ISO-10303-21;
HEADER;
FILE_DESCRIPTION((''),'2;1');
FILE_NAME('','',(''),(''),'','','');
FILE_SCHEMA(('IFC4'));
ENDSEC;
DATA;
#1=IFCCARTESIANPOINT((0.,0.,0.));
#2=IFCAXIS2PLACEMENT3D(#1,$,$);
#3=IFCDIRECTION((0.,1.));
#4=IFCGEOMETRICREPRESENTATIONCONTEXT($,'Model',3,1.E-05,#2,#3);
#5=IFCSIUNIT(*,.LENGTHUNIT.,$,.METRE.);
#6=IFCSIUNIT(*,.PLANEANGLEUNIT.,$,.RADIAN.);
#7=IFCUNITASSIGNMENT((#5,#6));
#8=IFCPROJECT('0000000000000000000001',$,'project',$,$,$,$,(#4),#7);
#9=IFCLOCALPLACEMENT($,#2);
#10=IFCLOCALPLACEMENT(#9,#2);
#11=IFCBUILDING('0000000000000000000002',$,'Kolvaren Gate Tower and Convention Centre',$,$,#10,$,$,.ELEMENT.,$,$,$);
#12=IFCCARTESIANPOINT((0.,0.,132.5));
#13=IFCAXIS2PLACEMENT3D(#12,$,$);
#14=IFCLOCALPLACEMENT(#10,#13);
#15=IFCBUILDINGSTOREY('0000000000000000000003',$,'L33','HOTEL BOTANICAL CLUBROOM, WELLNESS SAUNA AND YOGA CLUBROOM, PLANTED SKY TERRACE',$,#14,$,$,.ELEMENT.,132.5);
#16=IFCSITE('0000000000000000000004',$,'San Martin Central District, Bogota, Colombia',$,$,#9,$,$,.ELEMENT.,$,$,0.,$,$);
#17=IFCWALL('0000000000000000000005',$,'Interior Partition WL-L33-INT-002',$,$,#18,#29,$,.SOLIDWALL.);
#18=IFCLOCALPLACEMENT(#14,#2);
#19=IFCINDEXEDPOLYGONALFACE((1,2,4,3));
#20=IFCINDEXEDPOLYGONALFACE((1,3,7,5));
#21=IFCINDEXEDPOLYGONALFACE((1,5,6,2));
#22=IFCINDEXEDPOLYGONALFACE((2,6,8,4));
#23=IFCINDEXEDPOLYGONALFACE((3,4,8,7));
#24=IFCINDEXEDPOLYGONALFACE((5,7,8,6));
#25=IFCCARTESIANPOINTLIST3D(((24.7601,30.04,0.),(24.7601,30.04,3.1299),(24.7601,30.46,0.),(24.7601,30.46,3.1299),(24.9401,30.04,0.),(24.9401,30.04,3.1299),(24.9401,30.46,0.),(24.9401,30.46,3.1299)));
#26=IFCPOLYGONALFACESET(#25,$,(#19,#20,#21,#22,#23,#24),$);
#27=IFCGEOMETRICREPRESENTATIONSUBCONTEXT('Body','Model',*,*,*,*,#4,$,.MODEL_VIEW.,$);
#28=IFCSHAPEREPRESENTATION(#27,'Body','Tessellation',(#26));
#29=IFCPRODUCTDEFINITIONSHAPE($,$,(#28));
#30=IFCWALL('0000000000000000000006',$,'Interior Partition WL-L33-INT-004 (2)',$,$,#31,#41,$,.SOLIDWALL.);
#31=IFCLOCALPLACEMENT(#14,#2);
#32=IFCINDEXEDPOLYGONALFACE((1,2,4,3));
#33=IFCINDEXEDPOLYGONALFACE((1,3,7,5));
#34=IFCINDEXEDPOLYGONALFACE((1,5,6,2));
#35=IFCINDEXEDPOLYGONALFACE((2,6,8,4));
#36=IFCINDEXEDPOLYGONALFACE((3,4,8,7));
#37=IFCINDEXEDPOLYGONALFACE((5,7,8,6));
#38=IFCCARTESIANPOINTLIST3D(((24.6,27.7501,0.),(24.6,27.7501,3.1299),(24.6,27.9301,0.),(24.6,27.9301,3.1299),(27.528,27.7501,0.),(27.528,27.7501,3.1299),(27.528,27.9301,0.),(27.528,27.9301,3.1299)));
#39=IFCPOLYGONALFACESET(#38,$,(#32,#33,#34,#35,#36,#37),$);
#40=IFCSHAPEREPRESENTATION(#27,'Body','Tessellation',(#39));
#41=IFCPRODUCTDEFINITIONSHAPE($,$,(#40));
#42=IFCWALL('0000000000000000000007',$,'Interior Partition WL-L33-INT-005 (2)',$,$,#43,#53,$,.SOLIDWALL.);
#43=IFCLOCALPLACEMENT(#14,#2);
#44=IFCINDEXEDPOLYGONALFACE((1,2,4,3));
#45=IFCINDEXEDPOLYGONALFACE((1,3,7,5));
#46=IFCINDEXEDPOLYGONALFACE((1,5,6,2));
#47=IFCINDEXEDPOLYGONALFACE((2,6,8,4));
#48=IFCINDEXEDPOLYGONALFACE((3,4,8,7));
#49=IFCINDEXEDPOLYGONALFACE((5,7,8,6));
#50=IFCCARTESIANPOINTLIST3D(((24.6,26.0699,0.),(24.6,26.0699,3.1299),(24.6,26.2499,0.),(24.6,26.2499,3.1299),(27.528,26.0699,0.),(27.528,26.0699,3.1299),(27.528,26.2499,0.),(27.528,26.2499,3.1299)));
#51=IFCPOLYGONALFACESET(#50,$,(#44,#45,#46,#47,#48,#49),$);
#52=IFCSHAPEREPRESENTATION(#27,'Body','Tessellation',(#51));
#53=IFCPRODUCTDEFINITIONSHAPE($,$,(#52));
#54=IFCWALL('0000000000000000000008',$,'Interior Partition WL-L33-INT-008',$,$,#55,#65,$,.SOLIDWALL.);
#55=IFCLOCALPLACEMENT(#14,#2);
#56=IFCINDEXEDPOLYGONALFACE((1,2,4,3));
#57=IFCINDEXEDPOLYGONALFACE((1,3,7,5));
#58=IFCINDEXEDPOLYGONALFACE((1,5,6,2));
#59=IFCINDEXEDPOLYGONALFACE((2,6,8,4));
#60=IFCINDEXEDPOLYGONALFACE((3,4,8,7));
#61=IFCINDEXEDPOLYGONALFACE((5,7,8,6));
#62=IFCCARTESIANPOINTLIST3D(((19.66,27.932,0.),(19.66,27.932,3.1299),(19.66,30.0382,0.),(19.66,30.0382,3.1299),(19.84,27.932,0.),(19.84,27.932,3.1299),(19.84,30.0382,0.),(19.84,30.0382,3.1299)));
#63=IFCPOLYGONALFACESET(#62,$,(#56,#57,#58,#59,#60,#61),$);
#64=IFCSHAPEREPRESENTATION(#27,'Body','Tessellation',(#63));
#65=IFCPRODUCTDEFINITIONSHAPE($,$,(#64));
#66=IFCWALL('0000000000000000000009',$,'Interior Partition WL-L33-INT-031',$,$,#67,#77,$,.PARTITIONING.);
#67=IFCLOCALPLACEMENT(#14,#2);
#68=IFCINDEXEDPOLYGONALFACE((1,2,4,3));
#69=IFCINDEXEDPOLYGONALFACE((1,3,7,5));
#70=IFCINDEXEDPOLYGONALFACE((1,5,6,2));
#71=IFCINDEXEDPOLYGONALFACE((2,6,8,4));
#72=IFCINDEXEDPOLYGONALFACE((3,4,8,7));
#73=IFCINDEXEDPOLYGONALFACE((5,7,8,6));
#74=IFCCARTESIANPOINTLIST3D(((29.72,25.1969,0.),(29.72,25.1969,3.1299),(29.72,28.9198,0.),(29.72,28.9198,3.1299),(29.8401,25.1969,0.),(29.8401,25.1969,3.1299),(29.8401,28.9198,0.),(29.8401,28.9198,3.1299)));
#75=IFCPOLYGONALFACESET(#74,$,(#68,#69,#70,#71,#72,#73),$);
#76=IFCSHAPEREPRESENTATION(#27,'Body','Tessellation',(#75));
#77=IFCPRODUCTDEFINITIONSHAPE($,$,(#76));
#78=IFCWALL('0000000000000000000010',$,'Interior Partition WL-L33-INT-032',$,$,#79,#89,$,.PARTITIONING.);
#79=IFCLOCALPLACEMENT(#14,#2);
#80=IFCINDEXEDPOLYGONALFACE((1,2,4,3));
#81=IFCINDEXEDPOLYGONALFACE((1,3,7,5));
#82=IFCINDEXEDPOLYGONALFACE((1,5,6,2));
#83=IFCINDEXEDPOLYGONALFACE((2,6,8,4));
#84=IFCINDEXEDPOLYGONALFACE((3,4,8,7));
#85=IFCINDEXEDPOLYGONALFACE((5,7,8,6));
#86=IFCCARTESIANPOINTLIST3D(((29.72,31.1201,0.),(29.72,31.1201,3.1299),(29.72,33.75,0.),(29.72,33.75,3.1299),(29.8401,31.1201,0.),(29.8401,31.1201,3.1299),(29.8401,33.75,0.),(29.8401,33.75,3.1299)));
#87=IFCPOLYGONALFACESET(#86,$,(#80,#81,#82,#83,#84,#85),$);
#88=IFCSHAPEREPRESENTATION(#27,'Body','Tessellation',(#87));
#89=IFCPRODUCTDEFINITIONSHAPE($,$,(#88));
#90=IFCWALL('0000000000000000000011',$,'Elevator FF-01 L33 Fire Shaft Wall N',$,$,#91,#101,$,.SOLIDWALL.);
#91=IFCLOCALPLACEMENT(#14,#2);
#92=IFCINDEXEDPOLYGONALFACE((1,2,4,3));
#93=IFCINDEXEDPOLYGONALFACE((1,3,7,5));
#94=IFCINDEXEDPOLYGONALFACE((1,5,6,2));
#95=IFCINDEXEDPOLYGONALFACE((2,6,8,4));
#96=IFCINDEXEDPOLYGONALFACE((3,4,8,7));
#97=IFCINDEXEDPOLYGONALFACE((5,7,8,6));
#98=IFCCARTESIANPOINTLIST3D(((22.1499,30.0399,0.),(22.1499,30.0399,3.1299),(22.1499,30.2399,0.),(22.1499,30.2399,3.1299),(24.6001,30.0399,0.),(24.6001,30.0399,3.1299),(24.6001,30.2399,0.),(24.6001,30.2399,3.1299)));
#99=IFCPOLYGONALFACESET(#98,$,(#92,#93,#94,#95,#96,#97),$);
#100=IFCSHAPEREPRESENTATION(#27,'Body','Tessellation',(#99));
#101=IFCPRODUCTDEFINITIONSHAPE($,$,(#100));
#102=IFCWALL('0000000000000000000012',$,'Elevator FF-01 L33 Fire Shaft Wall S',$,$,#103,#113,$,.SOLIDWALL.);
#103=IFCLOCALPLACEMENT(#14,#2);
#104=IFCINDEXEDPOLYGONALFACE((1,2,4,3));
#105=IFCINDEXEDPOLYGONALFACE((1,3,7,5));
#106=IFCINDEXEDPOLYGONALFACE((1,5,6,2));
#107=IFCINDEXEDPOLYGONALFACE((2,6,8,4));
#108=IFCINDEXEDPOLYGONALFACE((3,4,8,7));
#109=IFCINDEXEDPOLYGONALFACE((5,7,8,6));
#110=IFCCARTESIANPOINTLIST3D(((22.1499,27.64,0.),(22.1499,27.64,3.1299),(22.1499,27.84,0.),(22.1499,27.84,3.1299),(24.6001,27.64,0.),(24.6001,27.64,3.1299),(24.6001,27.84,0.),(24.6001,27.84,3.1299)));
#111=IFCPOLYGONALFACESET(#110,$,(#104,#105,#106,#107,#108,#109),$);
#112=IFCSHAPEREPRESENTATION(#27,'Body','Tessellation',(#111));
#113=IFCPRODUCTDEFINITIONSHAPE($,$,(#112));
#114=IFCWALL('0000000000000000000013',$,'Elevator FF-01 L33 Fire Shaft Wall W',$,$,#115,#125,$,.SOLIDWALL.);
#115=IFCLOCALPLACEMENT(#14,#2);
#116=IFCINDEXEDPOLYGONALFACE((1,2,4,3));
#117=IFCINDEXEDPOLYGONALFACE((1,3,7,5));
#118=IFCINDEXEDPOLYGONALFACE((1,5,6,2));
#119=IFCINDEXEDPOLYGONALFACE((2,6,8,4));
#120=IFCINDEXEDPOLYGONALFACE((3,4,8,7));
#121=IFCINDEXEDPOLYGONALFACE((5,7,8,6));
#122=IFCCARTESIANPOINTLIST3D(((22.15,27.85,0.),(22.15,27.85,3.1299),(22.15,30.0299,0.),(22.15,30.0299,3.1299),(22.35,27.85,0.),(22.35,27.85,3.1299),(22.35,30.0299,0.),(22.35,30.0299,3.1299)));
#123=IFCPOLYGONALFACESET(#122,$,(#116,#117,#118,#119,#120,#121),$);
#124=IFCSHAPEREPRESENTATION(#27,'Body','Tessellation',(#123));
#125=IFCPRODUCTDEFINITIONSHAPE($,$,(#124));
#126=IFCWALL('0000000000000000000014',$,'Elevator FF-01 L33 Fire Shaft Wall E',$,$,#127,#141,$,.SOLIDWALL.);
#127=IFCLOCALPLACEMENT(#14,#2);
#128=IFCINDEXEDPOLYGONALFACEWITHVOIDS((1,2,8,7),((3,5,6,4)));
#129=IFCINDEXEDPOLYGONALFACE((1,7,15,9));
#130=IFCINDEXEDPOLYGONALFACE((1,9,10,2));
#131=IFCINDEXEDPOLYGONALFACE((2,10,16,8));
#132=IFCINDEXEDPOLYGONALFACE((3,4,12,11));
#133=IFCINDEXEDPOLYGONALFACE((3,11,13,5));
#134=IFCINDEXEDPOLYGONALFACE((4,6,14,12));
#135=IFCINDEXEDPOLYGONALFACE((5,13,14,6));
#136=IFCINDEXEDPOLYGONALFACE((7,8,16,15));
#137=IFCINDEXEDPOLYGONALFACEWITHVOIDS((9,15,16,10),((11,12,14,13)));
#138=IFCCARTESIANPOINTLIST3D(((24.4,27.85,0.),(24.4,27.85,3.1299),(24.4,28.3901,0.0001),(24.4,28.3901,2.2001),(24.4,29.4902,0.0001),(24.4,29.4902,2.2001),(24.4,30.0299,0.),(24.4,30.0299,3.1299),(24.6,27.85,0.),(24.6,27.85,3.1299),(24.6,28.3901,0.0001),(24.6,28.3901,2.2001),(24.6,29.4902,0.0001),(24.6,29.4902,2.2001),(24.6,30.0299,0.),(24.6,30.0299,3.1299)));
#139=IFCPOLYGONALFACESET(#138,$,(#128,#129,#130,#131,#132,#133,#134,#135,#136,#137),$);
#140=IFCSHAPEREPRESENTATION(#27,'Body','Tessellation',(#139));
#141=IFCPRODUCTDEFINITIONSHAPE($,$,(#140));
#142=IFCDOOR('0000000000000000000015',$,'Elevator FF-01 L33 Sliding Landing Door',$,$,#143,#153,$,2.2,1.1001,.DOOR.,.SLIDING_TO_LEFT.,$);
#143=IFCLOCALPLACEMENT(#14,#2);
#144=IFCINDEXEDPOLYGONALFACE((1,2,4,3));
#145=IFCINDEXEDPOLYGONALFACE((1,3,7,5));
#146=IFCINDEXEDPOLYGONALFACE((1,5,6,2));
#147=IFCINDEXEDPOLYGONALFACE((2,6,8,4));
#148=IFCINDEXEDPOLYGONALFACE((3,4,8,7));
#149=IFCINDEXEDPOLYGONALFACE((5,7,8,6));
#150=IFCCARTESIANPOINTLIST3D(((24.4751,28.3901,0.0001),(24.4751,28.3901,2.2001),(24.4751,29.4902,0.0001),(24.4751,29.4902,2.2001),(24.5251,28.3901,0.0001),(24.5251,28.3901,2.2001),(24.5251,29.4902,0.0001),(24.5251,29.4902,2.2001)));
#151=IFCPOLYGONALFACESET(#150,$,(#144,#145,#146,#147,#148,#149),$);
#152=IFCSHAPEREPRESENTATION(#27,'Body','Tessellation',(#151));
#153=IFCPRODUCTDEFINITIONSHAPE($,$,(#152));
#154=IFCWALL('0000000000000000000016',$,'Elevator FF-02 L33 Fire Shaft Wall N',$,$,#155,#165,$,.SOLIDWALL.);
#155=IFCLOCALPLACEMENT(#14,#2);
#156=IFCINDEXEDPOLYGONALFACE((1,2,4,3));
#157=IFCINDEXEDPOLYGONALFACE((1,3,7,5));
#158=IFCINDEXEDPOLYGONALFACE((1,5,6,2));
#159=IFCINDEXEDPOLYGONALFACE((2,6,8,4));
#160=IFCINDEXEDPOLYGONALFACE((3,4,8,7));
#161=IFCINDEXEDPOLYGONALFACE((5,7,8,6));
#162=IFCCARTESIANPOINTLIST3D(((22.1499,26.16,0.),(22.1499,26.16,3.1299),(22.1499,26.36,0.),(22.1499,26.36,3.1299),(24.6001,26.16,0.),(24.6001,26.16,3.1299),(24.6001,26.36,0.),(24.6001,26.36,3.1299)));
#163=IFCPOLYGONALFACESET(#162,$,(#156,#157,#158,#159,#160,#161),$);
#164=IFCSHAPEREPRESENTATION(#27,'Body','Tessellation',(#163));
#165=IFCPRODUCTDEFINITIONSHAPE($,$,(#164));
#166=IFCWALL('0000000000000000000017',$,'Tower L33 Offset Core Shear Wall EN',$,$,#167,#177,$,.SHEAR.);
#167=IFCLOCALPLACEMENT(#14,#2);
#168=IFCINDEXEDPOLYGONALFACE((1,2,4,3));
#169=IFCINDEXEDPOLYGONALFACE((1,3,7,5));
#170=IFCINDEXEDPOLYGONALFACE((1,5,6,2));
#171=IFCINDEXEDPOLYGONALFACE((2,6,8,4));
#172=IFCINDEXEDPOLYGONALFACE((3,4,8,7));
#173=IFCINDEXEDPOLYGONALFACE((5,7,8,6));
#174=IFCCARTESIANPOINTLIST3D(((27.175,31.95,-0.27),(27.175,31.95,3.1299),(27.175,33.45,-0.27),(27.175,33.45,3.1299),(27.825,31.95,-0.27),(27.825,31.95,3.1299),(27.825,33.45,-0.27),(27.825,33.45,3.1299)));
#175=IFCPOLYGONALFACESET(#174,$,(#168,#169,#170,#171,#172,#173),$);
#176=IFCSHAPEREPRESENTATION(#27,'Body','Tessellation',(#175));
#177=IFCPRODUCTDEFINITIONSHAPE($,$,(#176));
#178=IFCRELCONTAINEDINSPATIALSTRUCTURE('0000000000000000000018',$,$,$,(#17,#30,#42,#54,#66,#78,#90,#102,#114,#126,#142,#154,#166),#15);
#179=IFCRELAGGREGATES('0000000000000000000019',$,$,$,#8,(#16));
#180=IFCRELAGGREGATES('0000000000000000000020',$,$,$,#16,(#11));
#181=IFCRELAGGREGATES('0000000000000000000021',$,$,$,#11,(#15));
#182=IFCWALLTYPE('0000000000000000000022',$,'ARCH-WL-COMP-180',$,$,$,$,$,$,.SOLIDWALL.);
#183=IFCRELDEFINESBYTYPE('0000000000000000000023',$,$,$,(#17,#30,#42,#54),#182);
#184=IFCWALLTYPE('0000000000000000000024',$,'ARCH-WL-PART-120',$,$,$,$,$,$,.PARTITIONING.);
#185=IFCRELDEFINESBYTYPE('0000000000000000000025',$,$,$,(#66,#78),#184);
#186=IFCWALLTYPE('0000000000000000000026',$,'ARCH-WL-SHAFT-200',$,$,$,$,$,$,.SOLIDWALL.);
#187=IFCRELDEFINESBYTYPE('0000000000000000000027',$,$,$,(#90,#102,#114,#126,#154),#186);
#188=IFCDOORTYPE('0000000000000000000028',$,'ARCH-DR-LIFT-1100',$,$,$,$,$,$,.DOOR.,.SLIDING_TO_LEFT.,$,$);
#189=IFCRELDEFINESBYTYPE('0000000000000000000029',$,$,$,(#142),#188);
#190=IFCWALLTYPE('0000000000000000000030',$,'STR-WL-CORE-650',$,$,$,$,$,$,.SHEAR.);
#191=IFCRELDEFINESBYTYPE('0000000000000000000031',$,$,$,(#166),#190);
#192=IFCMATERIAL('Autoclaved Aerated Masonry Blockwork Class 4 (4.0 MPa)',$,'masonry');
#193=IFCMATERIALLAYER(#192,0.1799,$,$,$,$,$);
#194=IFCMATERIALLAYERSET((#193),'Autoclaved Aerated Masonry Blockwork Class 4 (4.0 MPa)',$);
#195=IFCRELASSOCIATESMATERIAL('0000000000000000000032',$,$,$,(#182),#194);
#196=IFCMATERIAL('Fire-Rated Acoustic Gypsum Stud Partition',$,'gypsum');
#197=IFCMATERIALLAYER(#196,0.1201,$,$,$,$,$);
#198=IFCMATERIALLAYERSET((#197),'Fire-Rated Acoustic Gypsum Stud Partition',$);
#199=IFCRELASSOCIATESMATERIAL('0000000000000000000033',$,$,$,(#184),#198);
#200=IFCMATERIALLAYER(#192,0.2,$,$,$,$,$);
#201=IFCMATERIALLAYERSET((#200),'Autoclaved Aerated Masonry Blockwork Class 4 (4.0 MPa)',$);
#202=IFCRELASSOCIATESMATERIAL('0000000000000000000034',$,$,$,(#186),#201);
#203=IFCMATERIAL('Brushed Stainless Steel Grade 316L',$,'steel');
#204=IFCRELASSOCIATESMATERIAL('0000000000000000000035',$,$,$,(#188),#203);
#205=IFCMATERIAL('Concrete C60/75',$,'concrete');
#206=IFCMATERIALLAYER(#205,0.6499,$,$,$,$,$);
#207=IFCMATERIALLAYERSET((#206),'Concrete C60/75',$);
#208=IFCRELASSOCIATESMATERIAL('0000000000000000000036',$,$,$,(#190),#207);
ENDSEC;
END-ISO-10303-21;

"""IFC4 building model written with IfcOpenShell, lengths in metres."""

from ifc_helpers import new_model, si_unit, direction, frame, frame_2d, origin, place, context, subcontext, project, spatial, rectangle, extrude, material, layer, layer_set, type_object, element, fill, save


model = new_model("IFC4")

# Units and contexts
model_context = context("Model", 3, precision=1e-05, world=origin(), true_north=direction((0.0, 1.0)))
body_context = subcontext(model_context, "Body", "Model", "MODEL_VIEW")
ifc_project = project(units=[si_unit("LENGTHUNIT", "METRE"), si_unit("PLANEANGLEUNIT", "RADIAN")], contexts=[model_context])

# Site, building, storey
site_placement = place(None, origin())
site = spatial("IfcSite", under=ifc_project, at=site_placement, Name="San Martin Central District, Bogota, Colombia", CompositionType="ELEMENT", RefElevation=0.0)
building_placement = place(site_placement, origin())
building = spatial("IfcBuilding", under=site, at=building_placement, Name="Kolvaren Gate Tower and Convention Centre", CompositionType="ELEMENT")
storey_placement = place(building_placement, frame((0.0, 0.0, 132.5)))
storey = spatial("IfcBuildingStorey", under=building, at=storey_placement, Name="L33", Description="HOTEL BOTANICAL CLUBROOM, WELLNESS SAUNA AND YOGA CLUBROOM, PLANTED SKY TERRACE", CompositionType="ELEMENT", Elevation=132.5)

# Walls
ifc_material_1 = material(Name="Autoclaved Aerated Masonry Blockwork Class 4 (4.0 MPa)", Category="masonry")
ifc_layer_1 = layer(ifc_material_1, 0.1799)
ifc_layer_set_1 = layer_set([ifc_layer_1], Name="Autoclaved Aerated Masonry Blockwork Class 4 (4.0 MPa)")
wall_type_1 = type_object("IfcWallType", Name="ARCH-WL-COMP-180", PredefinedType="SOLIDWALL", material=ifc_layer_set_1)
wall_1_placement = place(storey_placement, frame((24.8501, 30.04, 0.0), z_axis=(0.0, 0.0, 1.0), x_axis=(0.0, 1.0, 0.0)))
element("IfcWall", 1, at=wall_1_placement, inside=storey, type_object=wall_type_1, Name="Interior Partition WL-L33-INT-002", PredefinedType="SOLIDWALL", context=body_context, shape_type="SweptSolid", body=[
    extrude(rectangle(XDim=0.4199, YDim=0.1799, at=frame_2d((0.21, 0.0))), origin(), (0.0, 0.0, 1.0), 3.1299),
])
for number, where, z_axis, x_axis, name in (
    (2, (24.6001, 27.8401, 0.0), (0.0, 0.0, 1.0), (1.0, 0.0, 0.0), "Interior Partition WL-L33-INT-004 (2)"),
    (3, (24.6001, 26.1599, 0.0), (0.0, 0.0, 1.0), (1.0, 0.0, 0.0), "Interior Partition WL-L33-INT-005 (2)"),
):
    element("IfcWall", number, at=place(storey_placement, frame(where, z_axis=z_axis, x_axis=x_axis)), inside=storey, type_object=wall_type_1, Name=name, PredefinedType="SOLIDWALL", context=body_context, shape_type="SweptSolid", body=[
        extrude(rectangle(XDim=2.928, YDim=0.1799, at=frame_2d((1.4639, 0.0))), origin(), (0.0, 0.0, 1.0), 3.1299),
    ])
wall_2_placement = place(storey_placement, frame((19.75, 27.9319, 0.0), z_axis=(0.0, 0.0, 1.0), x_axis=(0.0, 1.0, 0.0)))
element("IfcWall", 4, at=wall_2_placement, inside=storey, type_object=wall_type_1, Name="Interior Partition WL-L33-INT-008", PredefinedType="SOLIDWALL", context=body_context, shape_type="SweptSolid", body=[
    extrude(rectangle(XDim=2.1062, YDim=0.1799, at=frame_2d((1.0532, 0.0))), origin(), (0.0, 0.0, 1.0), 3.1299),
])
ifc_material_2 = material(Name="Fire-Rated Acoustic Gypsum Stud Partition", Category="gypsum")
ifc_layer_2 = layer(ifc_material_2, 0.1201)
ifc_layer_set_2 = layer_set([ifc_layer_2], Name="Fire-Rated Acoustic Gypsum Stud Partition")
wall_type_2 = type_object("IfcWallType", Name="ARCH-WL-PART-120", PredefinedType="PARTITIONING", material=ifc_layer_set_2)
wall_3_placement = place(storey_placement, frame((29.78, 25.197, 0.0), z_axis=(0.0, 0.0, 1.0), x_axis=(0.0, 1.0, 0.0)))
element("IfcWall", 5, at=wall_3_placement, inside=storey, type_object=wall_type_2, Name="Interior Partition WL-L33-INT-031", PredefinedType="PARTITIONING", context=body_context, shape_type="SweptSolid", body=[
    extrude(rectangle(XDim=3.7229, YDim=0.1201, at=frame_2d((1.8613, 0.0))), origin(), (0.0, 0.0, 1.0), 3.1299),
])
wall_4_placement = place(storey_placement, frame((29.78, 31.1201, 0.0), z_axis=(0.0, 0.0, 1.0), x_axis=(0.0, 1.0, 0.0)))
element("IfcWall", 6, at=wall_4_placement, inside=storey, type_object=wall_type_2, Name="Interior Partition WL-L33-INT-032", PredefinedType="PARTITIONING", context=body_context, shape_type="SweptSolid", body=[
    extrude(rectangle(XDim=2.6299, YDim=0.1201, at=frame_2d((1.3149, 0.0))), origin(), (0.0, 0.0, 1.0), 3.1299),
])
ifc_layer_3 = layer(ifc_material_1, 0.2)
ifc_layer_set_3 = layer_set([ifc_layer_3], Name="Autoclaved Aerated Masonry Blockwork Class 4 (4.0 MPa)")
wall_type_3 = type_object("IfcWallType", Name="ARCH-WL-SHAFT-200", PredefinedType="SOLIDWALL", material=ifc_layer_set_3)
for number, where, z_axis, x_axis, name in (
    (7, (22.1499, 30.1399, 0.0), (0.0, 0.0, 1.0), (1.0, 0.0, 0.0), "Elevator FF-01 L33 Fire Shaft Wall N"),
    (8, (22.1499, 27.74, 0.0), (0.0, 0.0, 1.0), (1.0, 0.0, 0.0), "Elevator FF-01 L33 Fire Shaft Wall S"),
):
    element("IfcWall", number, at=place(storey_placement, frame(where, z_axis=z_axis, x_axis=x_axis)), inside=storey, type_object=wall_type_3, Name=name, PredefinedType="SOLIDWALL", context=body_context, shape_type="SweptSolid", body=[
        extrude(rectangle(XDim=2.4502, YDim=0.2, at=frame_2d((1.2251, 0.0))), origin(), (0.0, 0.0, 1.0), 3.1299),
    ])
wall_5_placement = place(storey_placement, frame((22.25, 27.8501, 0.0), z_axis=(0.0, 0.0, 1.0), x_axis=(0.0, 1.0, 0.0)))
element("IfcWall", 9, at=wall_5_placement, inside=storey, type_object=wall_type_3, Name="Elevator FF-01 L33 Fire Shaft Wall W", PredefinedType="SOLIDWALL", context=body_context, shape_type="SweptSolid", body=[
    extrude(rectangle(XDim=2.1799, YDim=0.2, at=frame_2d((1.0898, 0.0))), origin(), (0.0, 0.0, 1.0), 3.1299),
])

# Wall, opening, door
wall_6_placement = place(storey_placement, frame((24.5, 27.8501, 0.0), z_axis=(0.0, 0.0, 1.0), x_axis=(0.0, 1.0, 0.0)))
wall_6 = element("IfcWall", 10, at=wall_6_placement, inside=storey, type_object=wall_type_3, Name="Elevator FF-01 L33 Fire Shaft Wall E", PredefinedType="SOLIDWALL", context=body_context, shape_type="SweptSolid", body=[
    extrude(rectangle(XDim=2.1799, YDim=0.2, at=frame_2d((1.0898, 0.0))), origin(), (0.0, 0.0, 1.0), 3.1299),
])
opening_1_placement = place(wall_6_placement, frame((0.54, 0.0, 0.0)))
opening_1 = element("IfcOpeningElement", 11, at=opening_1_placement, cuts=wall_6, PredefinedType="OPENING", context=body_context, shape_type="SweptSolid", body=[
    extrude(rectangle(XDim=1.1001, YDim=2.2, at=frame_2d((0.55, 1.1001))), frame((0.0, 0.1099, 0.0), z_axis=(0.0, -1.0, 0.0), x_axis=(1.0, 0.0, 0.0)), (0.0, 0.0, 1.0), 0.22),
])
ifc_material_3 = material(Name="Brushed Stainless Steel Grade 316L", Category="steel")
door_type_1 = type_object("IfcDoorType", Name="ARCH-DR-LIFT-1100", OperationType="SLIDING_TO_LEFT", PredefinedType="DOOR", material=ifc_material_3)
door_1_placement = place(opening_1_placement, origin())
door_1 = element("IfcDoor", 12, at=door_1_placement, inside=storey, type_object=door_type_1, Name="Elevator FF-01 L33 Sliding Landing Door", OperationType="SLIDING_TO_LEFT", OverallHeight=2.2, OverallWidth=1.1001, PredefinedType="DOOR", context=body_context, shape_type="SweptSolid", body=[
    extrude(rectangle(XDim=1.1001, YDim=2.2, at=frame_2d((0.55, 1.1001))), frame((0.0, 0.0249, 0.0), z_axis=(0.0, -1.0, 0.0), x_axis=(1.0, 0.0, 0.0)), (0.0, 0.0, 1.0), 0.05),
])
fill(opening_1, door_1)

# Walls
wall_7_placement = place(storey_placement, frame((22.1499, 26.26, 0.0), z_axis=(0.0, 0.0, 1.0), x_axis=(1.0, 0.0, 0.0)))
element("IfcWall", 13, at=wall_7_placement, inside=storey, type_object=wall_type_3, Name="Elevator FF-02 L33 Fire Shaft Wall N", PredefinedType="SOLIDWALL", context=body_context, shape_type="SweptSolid", body=[
    extrude(rectangle(XDim=2.4502, YDim=0.2, at=frame_2d((1.2251, 0.0))), origin(), (0.0, 0.0, 1.0), 3.1299),
])
ifc_material_4 = material(Name="Concrete C60/75", Category="concrete")
ifc_layer_4 = layer(ifc_material_4, 0.6499)
ifc_layer_set_4 = layer_set([ifc_layer_4], Name="Concrete C60/75")
wall_type_4 = type_object("IfcWallType", Name="STR-WL-CORE-650", PredefinedType="SHEAR", material=ifc_layer_set_4)
wall_8_placement = place(storey_placement, frame((27.5, 31.95, -0.27), z_axis=(0.0, 0.0, 1.0), x_axis=(0.0, 1.0, 0.0)))
element("IfcWall", 14, at=wall_8_placement, inside=storey, type_object=wall_type_4, Name="Tower L33 Offset Core Shear Wall EN", PredefinedType="SHEAR", context=body_context, shape_type="SweptSolid", body=[
    extrude(rectangle(XDim=1.5, YDim=0.6499, at=frame_2d((0.75, 0.0))), origin(), (0.0, 0.0, 1.0), 3.3999),
])

save(model, "model.ifc")
